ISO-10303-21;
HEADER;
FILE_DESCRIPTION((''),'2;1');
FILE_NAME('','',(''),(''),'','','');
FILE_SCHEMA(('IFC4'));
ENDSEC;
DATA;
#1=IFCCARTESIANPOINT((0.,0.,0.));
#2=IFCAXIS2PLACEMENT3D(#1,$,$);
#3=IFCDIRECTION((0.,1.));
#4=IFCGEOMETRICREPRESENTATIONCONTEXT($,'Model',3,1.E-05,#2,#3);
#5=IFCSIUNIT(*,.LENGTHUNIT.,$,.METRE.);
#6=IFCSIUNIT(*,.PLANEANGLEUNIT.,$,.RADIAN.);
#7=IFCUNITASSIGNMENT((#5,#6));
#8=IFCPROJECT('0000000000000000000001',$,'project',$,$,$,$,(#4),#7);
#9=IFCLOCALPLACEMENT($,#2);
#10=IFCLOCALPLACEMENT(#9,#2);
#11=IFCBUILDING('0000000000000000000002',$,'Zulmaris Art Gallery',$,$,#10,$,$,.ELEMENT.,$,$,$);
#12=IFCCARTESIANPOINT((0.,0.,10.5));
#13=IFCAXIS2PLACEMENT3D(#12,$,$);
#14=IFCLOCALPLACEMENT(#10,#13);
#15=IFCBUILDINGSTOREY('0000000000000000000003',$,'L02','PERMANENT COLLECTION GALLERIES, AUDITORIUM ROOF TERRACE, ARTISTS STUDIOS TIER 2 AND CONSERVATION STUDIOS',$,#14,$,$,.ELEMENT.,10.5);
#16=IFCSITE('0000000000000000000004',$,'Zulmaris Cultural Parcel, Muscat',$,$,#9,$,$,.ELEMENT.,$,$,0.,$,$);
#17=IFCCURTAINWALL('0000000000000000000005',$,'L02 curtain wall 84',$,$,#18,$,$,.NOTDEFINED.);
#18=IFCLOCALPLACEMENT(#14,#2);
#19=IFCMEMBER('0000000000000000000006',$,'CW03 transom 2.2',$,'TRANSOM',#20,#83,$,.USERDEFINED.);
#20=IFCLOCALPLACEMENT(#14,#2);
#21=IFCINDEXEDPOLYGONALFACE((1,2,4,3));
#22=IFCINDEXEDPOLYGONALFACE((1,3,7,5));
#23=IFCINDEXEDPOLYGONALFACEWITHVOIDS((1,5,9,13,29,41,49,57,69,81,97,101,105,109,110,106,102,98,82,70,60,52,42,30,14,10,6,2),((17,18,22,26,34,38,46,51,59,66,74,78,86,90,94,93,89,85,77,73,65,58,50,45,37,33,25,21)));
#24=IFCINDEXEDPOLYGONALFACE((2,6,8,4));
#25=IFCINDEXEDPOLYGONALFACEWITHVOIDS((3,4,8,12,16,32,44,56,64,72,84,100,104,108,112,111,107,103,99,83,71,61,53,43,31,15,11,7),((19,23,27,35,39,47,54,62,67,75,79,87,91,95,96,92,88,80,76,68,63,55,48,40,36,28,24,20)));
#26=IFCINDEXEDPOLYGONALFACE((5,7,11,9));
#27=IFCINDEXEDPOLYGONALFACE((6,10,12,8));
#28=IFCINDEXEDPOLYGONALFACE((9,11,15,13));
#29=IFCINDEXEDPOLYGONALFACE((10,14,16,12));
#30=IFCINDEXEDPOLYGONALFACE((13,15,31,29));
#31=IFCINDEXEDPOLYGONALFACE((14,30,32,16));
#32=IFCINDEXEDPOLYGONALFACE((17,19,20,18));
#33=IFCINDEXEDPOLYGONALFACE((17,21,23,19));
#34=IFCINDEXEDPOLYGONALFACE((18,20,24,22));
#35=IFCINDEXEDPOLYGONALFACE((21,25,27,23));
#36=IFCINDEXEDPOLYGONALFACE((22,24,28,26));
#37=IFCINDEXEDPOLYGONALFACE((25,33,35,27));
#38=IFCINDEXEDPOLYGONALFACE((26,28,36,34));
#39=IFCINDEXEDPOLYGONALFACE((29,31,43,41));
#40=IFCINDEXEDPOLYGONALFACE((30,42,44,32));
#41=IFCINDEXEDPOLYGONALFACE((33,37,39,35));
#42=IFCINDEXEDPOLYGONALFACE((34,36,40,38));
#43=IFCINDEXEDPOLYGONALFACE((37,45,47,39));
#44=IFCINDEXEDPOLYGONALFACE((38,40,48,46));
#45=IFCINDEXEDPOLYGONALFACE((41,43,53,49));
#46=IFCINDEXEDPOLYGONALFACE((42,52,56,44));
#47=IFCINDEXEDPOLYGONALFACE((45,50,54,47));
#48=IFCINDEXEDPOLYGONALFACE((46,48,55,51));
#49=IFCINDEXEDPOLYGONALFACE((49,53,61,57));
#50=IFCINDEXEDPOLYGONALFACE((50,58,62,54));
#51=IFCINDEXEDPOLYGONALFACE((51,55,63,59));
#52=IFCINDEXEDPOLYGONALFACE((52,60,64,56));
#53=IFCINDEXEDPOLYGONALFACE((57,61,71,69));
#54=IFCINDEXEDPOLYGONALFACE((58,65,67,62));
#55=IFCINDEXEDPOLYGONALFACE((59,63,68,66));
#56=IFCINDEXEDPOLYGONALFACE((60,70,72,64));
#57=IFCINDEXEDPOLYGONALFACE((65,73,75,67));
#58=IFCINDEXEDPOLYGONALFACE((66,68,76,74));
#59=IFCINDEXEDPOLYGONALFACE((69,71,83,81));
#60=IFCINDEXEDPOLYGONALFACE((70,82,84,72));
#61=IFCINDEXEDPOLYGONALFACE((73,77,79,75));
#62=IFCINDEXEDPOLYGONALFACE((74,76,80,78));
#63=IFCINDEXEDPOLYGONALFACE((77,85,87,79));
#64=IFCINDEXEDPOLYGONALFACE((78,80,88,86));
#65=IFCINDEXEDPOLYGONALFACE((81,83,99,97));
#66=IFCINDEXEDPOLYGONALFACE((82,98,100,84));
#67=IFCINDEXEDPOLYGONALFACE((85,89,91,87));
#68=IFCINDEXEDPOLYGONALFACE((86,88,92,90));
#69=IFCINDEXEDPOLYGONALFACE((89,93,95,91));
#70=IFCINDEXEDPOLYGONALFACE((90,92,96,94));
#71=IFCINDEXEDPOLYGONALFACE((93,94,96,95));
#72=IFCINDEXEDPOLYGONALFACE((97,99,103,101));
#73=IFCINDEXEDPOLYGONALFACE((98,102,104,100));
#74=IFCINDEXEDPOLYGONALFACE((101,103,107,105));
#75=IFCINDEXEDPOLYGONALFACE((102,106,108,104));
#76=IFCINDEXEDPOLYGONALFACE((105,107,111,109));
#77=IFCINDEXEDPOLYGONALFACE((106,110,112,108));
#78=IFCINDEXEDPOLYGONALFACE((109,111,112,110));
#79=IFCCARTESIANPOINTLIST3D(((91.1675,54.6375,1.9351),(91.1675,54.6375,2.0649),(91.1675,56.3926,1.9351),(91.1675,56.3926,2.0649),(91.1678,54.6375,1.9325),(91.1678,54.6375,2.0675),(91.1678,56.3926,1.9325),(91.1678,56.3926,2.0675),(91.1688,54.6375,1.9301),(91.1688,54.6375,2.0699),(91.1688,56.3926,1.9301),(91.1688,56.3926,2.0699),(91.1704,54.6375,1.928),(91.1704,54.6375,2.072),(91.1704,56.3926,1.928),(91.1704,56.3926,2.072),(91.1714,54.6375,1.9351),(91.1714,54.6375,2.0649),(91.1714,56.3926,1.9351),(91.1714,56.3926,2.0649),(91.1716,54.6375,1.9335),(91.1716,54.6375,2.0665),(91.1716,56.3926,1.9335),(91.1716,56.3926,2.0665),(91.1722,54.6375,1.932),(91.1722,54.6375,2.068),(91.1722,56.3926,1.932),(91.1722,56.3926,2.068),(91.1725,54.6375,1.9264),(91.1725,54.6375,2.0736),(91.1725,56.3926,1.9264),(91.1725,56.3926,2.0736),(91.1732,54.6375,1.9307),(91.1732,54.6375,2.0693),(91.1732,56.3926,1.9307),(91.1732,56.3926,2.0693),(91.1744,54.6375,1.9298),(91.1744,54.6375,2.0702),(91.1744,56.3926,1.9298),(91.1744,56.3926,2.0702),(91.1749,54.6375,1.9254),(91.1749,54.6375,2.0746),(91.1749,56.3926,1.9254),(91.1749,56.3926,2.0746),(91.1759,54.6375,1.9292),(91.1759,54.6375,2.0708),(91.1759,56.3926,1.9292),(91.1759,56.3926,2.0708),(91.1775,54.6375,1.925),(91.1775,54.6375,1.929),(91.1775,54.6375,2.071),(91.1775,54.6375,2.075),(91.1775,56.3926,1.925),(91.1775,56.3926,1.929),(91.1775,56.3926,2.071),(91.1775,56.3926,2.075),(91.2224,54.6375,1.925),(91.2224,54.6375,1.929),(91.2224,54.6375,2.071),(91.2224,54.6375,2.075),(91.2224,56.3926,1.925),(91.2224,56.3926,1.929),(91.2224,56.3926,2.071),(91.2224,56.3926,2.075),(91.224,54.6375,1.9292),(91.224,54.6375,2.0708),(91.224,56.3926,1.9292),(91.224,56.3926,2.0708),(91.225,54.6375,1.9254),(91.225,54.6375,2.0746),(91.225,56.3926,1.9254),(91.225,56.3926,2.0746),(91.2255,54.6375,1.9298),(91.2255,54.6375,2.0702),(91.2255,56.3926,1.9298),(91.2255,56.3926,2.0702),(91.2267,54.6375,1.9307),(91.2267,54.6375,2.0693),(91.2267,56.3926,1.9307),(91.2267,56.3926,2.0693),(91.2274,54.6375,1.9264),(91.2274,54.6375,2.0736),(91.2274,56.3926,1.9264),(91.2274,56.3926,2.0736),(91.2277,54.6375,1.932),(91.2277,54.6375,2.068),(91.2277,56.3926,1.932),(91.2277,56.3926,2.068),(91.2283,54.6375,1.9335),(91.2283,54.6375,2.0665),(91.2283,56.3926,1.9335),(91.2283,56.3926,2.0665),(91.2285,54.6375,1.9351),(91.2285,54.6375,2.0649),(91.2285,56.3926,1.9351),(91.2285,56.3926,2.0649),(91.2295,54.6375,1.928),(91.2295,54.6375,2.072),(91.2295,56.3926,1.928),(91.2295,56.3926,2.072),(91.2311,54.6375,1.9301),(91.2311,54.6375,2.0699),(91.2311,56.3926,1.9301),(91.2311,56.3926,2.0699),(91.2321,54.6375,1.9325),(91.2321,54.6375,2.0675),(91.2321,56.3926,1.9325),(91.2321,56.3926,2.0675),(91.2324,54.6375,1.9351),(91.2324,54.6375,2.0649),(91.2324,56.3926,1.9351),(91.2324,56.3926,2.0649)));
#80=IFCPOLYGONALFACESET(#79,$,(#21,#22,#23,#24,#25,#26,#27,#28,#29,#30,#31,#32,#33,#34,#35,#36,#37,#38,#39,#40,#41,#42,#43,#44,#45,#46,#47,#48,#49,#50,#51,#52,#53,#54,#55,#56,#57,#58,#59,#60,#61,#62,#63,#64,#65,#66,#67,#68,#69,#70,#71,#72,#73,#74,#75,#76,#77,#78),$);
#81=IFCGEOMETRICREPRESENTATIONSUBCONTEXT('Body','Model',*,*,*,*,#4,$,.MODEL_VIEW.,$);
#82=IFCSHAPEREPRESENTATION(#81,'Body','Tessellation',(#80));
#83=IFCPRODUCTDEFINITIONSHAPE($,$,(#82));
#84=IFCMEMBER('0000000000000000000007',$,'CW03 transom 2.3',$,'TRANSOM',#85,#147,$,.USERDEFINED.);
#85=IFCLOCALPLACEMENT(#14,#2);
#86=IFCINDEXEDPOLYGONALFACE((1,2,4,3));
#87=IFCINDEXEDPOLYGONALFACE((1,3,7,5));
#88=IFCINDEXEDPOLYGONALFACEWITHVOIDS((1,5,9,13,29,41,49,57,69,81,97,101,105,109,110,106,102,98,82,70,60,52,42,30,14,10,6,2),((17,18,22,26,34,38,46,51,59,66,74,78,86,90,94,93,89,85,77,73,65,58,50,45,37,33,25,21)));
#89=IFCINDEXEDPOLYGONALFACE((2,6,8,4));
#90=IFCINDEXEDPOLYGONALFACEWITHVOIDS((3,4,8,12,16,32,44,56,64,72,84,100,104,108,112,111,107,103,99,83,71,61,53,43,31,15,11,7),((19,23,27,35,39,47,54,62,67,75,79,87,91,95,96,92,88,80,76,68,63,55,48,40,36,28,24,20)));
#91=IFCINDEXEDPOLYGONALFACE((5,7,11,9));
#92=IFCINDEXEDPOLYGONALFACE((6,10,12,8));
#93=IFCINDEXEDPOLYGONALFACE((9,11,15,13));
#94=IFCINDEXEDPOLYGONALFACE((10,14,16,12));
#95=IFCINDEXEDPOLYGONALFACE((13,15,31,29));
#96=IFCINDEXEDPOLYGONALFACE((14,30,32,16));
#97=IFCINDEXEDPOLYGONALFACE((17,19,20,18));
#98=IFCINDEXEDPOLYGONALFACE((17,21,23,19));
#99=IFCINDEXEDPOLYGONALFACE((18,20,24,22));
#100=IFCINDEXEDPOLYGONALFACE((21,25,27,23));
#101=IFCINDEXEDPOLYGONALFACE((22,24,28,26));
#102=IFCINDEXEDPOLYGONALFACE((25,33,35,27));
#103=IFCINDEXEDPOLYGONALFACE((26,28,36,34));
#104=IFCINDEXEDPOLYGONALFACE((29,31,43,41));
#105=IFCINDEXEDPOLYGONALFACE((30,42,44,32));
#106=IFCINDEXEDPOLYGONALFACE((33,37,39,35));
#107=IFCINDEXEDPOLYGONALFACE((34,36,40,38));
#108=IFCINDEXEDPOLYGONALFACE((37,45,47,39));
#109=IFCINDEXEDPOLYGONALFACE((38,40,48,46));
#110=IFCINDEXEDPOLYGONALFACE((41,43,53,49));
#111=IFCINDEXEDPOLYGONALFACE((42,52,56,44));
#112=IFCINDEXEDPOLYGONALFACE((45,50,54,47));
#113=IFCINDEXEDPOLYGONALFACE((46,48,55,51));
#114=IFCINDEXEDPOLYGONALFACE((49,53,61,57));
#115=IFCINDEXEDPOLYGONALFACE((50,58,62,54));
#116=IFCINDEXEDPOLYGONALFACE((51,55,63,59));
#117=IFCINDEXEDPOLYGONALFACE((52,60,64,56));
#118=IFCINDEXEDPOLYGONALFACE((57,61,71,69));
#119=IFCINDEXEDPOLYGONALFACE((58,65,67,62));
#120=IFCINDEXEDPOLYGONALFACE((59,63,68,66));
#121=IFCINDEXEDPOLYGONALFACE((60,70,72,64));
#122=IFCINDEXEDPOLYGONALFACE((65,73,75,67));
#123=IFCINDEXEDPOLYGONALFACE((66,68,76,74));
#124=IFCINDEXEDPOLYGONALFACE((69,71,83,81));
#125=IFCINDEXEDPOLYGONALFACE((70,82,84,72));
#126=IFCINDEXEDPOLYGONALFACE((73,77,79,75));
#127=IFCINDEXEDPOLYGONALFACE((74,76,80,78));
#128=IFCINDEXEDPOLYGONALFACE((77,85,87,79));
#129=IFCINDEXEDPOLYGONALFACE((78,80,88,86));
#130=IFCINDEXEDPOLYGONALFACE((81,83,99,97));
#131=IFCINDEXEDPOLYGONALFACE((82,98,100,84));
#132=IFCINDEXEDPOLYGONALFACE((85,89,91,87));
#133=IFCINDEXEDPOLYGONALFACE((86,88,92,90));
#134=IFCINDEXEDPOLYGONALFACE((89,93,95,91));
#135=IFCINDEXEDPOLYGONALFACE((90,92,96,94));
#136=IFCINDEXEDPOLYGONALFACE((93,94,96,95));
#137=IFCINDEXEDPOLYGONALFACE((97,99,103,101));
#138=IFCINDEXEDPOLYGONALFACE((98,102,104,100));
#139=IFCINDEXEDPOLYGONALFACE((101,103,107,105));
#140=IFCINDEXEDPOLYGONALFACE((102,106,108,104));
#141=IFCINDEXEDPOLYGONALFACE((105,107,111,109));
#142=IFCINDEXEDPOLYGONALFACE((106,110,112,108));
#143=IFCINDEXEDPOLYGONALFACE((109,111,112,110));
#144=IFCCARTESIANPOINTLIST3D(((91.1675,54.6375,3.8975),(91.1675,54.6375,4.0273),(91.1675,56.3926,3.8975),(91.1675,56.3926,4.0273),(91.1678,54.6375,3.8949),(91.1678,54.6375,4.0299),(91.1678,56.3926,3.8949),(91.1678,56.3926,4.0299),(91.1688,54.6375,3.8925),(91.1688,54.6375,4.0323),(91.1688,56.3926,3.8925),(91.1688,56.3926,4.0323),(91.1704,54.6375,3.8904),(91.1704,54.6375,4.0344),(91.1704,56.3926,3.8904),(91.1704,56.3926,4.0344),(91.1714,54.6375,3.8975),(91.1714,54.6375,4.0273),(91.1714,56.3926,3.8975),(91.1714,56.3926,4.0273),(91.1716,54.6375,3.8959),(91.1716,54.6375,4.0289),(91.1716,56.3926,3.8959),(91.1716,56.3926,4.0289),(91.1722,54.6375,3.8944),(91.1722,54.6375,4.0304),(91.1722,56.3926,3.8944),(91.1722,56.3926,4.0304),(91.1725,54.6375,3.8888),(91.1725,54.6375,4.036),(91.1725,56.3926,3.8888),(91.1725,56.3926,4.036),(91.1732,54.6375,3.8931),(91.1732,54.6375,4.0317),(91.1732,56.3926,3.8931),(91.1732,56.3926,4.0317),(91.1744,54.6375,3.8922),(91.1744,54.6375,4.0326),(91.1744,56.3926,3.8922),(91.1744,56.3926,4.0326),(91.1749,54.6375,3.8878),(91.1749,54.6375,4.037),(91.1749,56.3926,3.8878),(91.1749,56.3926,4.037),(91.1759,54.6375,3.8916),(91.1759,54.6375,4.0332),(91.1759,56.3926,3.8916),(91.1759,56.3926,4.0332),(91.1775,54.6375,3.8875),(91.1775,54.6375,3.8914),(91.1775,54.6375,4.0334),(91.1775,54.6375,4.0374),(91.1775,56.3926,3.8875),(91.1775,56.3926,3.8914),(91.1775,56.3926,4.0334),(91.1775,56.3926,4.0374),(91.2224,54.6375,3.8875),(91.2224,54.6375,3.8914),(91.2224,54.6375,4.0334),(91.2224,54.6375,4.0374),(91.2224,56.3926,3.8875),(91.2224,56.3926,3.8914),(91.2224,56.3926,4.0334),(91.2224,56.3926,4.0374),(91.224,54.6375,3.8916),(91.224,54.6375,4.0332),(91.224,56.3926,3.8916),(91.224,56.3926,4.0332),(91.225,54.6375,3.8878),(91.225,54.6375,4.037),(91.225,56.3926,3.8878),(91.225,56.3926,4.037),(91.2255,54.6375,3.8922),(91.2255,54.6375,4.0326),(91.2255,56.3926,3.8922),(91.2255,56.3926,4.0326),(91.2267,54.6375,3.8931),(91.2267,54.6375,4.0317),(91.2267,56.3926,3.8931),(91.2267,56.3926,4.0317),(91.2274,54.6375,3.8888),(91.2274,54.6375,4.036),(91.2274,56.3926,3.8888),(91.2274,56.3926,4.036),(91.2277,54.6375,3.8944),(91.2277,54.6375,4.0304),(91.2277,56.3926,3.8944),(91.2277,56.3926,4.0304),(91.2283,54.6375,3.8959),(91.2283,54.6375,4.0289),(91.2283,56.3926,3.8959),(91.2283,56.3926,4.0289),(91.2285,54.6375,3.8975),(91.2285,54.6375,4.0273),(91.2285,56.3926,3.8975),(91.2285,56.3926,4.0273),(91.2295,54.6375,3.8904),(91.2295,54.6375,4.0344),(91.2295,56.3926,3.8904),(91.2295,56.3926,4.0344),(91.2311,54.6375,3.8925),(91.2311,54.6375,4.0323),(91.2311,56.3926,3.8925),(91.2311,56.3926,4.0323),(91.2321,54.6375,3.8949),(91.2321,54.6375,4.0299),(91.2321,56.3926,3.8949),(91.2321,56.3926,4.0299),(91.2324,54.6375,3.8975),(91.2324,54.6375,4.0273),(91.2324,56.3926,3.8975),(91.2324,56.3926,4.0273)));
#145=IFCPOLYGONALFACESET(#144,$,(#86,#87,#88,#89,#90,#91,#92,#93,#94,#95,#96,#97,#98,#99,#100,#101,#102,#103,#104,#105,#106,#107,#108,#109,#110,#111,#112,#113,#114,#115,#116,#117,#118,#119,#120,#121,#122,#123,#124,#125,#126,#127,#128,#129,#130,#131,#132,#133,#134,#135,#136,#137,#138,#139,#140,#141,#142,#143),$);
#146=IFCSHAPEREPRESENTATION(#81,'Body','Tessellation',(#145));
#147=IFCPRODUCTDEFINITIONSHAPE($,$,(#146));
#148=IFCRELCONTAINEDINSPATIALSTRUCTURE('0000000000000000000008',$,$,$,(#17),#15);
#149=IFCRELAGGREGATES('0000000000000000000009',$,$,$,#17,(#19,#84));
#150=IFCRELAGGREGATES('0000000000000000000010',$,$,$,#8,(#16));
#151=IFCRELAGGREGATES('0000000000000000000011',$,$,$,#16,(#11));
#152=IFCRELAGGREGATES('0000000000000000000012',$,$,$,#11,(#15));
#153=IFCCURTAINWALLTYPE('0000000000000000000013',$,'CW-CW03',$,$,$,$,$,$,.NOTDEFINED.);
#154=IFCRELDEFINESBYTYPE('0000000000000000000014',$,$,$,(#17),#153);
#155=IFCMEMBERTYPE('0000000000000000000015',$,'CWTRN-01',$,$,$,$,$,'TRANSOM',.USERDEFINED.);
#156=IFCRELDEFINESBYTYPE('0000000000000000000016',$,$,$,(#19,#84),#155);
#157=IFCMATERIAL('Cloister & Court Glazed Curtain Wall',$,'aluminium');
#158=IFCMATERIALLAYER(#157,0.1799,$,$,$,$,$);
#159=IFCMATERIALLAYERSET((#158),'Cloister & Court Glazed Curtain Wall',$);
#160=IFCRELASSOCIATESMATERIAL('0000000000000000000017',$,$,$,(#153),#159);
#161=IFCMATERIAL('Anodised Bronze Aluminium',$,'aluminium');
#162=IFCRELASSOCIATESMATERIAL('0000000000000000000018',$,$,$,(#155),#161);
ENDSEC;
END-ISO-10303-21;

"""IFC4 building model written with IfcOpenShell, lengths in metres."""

from ifc_helpers import new_model, si_unit, direction, frame, origin, origin_2d, place, context, subcontext, project, spatial, hollow_rectangle, extrude, material, layer, layer_set, material_profile, profile_set, type_object, element, aggregate, save


model = new_model("IFC4")

# Units and contexts
model_context = context("Model", 3, precision=1e-05, world=origin(), true_north=direction((0.0, 1.0)))
body_context = subcontext(model_context, "Body", "Model", "MODEL_VIEW")
ifc_project = project(units=[si_unit("LENGTHUNIT", "METRE"), si_unit("PLANEANGLEUNIT", "RADIAN")], contexts=[model_context])

# Site, building, storey
site_placement = place(None, origin())
site = spatial("IfcSite", under=ifc_project, at=site_placement, Name="Zulmaris Cultural Parcel, Muscat", CompositionType="ELEMENT", RefElevation=0.0)
building_placement = place(site_placement, origin())
building = spatial("IfcBuilding", under=site, at=building_placement, Name="Zulmaris Art Gallery", CompositionType="ELEMENT")
storey_placement = place(building_placement, frame((0.0, 0.0, 10.5)))
storey = spatial("IfcBuildingStorey", under=building, at=storey_placement, Name="L02", Description="PERMANENT COLLECTION GALLERIES, AUDITORIUM ROOF TERRACE, ARTISTS STUDIOS TIER 2 AND CONSERVATION STUDIOS", CompositionType="ELEMENT", Elevation=10.5)

# Curtain wall
ifc_material_1 = material(Name="Cloister & Court Glazed Curtain Wall", Category="aluminium")
ifc_layer_1 = layer(ifc_material_1, 0.1799)
ifc_layer_set_1 = layer_set([ifc_layer_1], Name="Cloister & Court Glazed Curtain Wall")
curtain_wall_type = type_object("IfcCurtainWallType", Name="CW-CW03", PredefinedType="NOTDEFINED", material=ifc_layer_set_1)
ifc_material_2 = material(Name="Anodised Bronze Aluminium", Category="aluminium")
curtain_wall_1_placement = place(storey_placement, origin())
curtain_wall_1 = element("IfcCurtainWall", 1, at=curtain_wall_1_placement, inside=storey, type_object=curtain_wall_type, Name="L02 curtain wall 84", PredefinedType="NOTDEFINED")

# Members
ifc_material_profile_1 = material_profile(ifc_material_2, hollow_rectangle(XDim=0.0649, YDim=0.1499, WallThickness=0.0039, InnerFilletRadius=0.0061, OuterFilletRadius=0.01, at=origin_2d()), Name="ALU 65x150x4")
ifc_profile_set_1 = profile_set([ifc_material_profile_1], Name="Anodised Bronze Aluminium")
member_type_1 = type_object("IfcMemberType", Name="CWTRN-01", ElementType="TRANSOM", PredefinedType="USERDEFINED", material=ifc_profile_set_1)
member_1_placement = place(storey_placement, frame((91.2, 56.3926, 2.0), z_axis=(0.0, -1.0, 0.0), x_axis=(1.0, 0.0, 0.0)))
member_1 = element("IfcMember", 2, at=member_1_placement, type_object=member_type_1, Name="CW03 transom 2.2", ObjectType="TRANSOM", PredefinedType="USERDEFINED", context=body_context, shape_type="SweptSolid", body=[
    extrude(hollow_rectangle(XDim=0.0649, YDim=0.1499, WallThickness=0.0039, InnerFilletRadius=0.0061, OuterFilletRadius=0.01, at=origin_2d()), origin(), (0.0, 0.0, 1.0), 1.7551),
])
member_2_placement = place(storey_placement, frame((91.2, 56.3926, 3.9624), z_axis=(0.0, -1.0, 0.0), x_axis=(1.0, 0.0, 0.0)))
member_2 = element("IfcMember", 3, at=member_2_placement, type_object=member_type_1, Name="CW03 transom 2.3", ObjectType="TRANSOM", PredefinedType="USERDEFINED", context=body_context, shape_type="SweptSolid", body=[
    extrude(hollow_rectangle(XDim=0.0649, YDim=0.1499, WallThickness=0.0039, InnerFilletRadius=0.0061, OuterFilletRadius=0.01, at=origin_2d()), origin(), (0.0, 0.0, 1.0), 1.7551),
])

aggregate(curtain_wall_1, [member_1, member_2])

save(model, "model.ifc")
